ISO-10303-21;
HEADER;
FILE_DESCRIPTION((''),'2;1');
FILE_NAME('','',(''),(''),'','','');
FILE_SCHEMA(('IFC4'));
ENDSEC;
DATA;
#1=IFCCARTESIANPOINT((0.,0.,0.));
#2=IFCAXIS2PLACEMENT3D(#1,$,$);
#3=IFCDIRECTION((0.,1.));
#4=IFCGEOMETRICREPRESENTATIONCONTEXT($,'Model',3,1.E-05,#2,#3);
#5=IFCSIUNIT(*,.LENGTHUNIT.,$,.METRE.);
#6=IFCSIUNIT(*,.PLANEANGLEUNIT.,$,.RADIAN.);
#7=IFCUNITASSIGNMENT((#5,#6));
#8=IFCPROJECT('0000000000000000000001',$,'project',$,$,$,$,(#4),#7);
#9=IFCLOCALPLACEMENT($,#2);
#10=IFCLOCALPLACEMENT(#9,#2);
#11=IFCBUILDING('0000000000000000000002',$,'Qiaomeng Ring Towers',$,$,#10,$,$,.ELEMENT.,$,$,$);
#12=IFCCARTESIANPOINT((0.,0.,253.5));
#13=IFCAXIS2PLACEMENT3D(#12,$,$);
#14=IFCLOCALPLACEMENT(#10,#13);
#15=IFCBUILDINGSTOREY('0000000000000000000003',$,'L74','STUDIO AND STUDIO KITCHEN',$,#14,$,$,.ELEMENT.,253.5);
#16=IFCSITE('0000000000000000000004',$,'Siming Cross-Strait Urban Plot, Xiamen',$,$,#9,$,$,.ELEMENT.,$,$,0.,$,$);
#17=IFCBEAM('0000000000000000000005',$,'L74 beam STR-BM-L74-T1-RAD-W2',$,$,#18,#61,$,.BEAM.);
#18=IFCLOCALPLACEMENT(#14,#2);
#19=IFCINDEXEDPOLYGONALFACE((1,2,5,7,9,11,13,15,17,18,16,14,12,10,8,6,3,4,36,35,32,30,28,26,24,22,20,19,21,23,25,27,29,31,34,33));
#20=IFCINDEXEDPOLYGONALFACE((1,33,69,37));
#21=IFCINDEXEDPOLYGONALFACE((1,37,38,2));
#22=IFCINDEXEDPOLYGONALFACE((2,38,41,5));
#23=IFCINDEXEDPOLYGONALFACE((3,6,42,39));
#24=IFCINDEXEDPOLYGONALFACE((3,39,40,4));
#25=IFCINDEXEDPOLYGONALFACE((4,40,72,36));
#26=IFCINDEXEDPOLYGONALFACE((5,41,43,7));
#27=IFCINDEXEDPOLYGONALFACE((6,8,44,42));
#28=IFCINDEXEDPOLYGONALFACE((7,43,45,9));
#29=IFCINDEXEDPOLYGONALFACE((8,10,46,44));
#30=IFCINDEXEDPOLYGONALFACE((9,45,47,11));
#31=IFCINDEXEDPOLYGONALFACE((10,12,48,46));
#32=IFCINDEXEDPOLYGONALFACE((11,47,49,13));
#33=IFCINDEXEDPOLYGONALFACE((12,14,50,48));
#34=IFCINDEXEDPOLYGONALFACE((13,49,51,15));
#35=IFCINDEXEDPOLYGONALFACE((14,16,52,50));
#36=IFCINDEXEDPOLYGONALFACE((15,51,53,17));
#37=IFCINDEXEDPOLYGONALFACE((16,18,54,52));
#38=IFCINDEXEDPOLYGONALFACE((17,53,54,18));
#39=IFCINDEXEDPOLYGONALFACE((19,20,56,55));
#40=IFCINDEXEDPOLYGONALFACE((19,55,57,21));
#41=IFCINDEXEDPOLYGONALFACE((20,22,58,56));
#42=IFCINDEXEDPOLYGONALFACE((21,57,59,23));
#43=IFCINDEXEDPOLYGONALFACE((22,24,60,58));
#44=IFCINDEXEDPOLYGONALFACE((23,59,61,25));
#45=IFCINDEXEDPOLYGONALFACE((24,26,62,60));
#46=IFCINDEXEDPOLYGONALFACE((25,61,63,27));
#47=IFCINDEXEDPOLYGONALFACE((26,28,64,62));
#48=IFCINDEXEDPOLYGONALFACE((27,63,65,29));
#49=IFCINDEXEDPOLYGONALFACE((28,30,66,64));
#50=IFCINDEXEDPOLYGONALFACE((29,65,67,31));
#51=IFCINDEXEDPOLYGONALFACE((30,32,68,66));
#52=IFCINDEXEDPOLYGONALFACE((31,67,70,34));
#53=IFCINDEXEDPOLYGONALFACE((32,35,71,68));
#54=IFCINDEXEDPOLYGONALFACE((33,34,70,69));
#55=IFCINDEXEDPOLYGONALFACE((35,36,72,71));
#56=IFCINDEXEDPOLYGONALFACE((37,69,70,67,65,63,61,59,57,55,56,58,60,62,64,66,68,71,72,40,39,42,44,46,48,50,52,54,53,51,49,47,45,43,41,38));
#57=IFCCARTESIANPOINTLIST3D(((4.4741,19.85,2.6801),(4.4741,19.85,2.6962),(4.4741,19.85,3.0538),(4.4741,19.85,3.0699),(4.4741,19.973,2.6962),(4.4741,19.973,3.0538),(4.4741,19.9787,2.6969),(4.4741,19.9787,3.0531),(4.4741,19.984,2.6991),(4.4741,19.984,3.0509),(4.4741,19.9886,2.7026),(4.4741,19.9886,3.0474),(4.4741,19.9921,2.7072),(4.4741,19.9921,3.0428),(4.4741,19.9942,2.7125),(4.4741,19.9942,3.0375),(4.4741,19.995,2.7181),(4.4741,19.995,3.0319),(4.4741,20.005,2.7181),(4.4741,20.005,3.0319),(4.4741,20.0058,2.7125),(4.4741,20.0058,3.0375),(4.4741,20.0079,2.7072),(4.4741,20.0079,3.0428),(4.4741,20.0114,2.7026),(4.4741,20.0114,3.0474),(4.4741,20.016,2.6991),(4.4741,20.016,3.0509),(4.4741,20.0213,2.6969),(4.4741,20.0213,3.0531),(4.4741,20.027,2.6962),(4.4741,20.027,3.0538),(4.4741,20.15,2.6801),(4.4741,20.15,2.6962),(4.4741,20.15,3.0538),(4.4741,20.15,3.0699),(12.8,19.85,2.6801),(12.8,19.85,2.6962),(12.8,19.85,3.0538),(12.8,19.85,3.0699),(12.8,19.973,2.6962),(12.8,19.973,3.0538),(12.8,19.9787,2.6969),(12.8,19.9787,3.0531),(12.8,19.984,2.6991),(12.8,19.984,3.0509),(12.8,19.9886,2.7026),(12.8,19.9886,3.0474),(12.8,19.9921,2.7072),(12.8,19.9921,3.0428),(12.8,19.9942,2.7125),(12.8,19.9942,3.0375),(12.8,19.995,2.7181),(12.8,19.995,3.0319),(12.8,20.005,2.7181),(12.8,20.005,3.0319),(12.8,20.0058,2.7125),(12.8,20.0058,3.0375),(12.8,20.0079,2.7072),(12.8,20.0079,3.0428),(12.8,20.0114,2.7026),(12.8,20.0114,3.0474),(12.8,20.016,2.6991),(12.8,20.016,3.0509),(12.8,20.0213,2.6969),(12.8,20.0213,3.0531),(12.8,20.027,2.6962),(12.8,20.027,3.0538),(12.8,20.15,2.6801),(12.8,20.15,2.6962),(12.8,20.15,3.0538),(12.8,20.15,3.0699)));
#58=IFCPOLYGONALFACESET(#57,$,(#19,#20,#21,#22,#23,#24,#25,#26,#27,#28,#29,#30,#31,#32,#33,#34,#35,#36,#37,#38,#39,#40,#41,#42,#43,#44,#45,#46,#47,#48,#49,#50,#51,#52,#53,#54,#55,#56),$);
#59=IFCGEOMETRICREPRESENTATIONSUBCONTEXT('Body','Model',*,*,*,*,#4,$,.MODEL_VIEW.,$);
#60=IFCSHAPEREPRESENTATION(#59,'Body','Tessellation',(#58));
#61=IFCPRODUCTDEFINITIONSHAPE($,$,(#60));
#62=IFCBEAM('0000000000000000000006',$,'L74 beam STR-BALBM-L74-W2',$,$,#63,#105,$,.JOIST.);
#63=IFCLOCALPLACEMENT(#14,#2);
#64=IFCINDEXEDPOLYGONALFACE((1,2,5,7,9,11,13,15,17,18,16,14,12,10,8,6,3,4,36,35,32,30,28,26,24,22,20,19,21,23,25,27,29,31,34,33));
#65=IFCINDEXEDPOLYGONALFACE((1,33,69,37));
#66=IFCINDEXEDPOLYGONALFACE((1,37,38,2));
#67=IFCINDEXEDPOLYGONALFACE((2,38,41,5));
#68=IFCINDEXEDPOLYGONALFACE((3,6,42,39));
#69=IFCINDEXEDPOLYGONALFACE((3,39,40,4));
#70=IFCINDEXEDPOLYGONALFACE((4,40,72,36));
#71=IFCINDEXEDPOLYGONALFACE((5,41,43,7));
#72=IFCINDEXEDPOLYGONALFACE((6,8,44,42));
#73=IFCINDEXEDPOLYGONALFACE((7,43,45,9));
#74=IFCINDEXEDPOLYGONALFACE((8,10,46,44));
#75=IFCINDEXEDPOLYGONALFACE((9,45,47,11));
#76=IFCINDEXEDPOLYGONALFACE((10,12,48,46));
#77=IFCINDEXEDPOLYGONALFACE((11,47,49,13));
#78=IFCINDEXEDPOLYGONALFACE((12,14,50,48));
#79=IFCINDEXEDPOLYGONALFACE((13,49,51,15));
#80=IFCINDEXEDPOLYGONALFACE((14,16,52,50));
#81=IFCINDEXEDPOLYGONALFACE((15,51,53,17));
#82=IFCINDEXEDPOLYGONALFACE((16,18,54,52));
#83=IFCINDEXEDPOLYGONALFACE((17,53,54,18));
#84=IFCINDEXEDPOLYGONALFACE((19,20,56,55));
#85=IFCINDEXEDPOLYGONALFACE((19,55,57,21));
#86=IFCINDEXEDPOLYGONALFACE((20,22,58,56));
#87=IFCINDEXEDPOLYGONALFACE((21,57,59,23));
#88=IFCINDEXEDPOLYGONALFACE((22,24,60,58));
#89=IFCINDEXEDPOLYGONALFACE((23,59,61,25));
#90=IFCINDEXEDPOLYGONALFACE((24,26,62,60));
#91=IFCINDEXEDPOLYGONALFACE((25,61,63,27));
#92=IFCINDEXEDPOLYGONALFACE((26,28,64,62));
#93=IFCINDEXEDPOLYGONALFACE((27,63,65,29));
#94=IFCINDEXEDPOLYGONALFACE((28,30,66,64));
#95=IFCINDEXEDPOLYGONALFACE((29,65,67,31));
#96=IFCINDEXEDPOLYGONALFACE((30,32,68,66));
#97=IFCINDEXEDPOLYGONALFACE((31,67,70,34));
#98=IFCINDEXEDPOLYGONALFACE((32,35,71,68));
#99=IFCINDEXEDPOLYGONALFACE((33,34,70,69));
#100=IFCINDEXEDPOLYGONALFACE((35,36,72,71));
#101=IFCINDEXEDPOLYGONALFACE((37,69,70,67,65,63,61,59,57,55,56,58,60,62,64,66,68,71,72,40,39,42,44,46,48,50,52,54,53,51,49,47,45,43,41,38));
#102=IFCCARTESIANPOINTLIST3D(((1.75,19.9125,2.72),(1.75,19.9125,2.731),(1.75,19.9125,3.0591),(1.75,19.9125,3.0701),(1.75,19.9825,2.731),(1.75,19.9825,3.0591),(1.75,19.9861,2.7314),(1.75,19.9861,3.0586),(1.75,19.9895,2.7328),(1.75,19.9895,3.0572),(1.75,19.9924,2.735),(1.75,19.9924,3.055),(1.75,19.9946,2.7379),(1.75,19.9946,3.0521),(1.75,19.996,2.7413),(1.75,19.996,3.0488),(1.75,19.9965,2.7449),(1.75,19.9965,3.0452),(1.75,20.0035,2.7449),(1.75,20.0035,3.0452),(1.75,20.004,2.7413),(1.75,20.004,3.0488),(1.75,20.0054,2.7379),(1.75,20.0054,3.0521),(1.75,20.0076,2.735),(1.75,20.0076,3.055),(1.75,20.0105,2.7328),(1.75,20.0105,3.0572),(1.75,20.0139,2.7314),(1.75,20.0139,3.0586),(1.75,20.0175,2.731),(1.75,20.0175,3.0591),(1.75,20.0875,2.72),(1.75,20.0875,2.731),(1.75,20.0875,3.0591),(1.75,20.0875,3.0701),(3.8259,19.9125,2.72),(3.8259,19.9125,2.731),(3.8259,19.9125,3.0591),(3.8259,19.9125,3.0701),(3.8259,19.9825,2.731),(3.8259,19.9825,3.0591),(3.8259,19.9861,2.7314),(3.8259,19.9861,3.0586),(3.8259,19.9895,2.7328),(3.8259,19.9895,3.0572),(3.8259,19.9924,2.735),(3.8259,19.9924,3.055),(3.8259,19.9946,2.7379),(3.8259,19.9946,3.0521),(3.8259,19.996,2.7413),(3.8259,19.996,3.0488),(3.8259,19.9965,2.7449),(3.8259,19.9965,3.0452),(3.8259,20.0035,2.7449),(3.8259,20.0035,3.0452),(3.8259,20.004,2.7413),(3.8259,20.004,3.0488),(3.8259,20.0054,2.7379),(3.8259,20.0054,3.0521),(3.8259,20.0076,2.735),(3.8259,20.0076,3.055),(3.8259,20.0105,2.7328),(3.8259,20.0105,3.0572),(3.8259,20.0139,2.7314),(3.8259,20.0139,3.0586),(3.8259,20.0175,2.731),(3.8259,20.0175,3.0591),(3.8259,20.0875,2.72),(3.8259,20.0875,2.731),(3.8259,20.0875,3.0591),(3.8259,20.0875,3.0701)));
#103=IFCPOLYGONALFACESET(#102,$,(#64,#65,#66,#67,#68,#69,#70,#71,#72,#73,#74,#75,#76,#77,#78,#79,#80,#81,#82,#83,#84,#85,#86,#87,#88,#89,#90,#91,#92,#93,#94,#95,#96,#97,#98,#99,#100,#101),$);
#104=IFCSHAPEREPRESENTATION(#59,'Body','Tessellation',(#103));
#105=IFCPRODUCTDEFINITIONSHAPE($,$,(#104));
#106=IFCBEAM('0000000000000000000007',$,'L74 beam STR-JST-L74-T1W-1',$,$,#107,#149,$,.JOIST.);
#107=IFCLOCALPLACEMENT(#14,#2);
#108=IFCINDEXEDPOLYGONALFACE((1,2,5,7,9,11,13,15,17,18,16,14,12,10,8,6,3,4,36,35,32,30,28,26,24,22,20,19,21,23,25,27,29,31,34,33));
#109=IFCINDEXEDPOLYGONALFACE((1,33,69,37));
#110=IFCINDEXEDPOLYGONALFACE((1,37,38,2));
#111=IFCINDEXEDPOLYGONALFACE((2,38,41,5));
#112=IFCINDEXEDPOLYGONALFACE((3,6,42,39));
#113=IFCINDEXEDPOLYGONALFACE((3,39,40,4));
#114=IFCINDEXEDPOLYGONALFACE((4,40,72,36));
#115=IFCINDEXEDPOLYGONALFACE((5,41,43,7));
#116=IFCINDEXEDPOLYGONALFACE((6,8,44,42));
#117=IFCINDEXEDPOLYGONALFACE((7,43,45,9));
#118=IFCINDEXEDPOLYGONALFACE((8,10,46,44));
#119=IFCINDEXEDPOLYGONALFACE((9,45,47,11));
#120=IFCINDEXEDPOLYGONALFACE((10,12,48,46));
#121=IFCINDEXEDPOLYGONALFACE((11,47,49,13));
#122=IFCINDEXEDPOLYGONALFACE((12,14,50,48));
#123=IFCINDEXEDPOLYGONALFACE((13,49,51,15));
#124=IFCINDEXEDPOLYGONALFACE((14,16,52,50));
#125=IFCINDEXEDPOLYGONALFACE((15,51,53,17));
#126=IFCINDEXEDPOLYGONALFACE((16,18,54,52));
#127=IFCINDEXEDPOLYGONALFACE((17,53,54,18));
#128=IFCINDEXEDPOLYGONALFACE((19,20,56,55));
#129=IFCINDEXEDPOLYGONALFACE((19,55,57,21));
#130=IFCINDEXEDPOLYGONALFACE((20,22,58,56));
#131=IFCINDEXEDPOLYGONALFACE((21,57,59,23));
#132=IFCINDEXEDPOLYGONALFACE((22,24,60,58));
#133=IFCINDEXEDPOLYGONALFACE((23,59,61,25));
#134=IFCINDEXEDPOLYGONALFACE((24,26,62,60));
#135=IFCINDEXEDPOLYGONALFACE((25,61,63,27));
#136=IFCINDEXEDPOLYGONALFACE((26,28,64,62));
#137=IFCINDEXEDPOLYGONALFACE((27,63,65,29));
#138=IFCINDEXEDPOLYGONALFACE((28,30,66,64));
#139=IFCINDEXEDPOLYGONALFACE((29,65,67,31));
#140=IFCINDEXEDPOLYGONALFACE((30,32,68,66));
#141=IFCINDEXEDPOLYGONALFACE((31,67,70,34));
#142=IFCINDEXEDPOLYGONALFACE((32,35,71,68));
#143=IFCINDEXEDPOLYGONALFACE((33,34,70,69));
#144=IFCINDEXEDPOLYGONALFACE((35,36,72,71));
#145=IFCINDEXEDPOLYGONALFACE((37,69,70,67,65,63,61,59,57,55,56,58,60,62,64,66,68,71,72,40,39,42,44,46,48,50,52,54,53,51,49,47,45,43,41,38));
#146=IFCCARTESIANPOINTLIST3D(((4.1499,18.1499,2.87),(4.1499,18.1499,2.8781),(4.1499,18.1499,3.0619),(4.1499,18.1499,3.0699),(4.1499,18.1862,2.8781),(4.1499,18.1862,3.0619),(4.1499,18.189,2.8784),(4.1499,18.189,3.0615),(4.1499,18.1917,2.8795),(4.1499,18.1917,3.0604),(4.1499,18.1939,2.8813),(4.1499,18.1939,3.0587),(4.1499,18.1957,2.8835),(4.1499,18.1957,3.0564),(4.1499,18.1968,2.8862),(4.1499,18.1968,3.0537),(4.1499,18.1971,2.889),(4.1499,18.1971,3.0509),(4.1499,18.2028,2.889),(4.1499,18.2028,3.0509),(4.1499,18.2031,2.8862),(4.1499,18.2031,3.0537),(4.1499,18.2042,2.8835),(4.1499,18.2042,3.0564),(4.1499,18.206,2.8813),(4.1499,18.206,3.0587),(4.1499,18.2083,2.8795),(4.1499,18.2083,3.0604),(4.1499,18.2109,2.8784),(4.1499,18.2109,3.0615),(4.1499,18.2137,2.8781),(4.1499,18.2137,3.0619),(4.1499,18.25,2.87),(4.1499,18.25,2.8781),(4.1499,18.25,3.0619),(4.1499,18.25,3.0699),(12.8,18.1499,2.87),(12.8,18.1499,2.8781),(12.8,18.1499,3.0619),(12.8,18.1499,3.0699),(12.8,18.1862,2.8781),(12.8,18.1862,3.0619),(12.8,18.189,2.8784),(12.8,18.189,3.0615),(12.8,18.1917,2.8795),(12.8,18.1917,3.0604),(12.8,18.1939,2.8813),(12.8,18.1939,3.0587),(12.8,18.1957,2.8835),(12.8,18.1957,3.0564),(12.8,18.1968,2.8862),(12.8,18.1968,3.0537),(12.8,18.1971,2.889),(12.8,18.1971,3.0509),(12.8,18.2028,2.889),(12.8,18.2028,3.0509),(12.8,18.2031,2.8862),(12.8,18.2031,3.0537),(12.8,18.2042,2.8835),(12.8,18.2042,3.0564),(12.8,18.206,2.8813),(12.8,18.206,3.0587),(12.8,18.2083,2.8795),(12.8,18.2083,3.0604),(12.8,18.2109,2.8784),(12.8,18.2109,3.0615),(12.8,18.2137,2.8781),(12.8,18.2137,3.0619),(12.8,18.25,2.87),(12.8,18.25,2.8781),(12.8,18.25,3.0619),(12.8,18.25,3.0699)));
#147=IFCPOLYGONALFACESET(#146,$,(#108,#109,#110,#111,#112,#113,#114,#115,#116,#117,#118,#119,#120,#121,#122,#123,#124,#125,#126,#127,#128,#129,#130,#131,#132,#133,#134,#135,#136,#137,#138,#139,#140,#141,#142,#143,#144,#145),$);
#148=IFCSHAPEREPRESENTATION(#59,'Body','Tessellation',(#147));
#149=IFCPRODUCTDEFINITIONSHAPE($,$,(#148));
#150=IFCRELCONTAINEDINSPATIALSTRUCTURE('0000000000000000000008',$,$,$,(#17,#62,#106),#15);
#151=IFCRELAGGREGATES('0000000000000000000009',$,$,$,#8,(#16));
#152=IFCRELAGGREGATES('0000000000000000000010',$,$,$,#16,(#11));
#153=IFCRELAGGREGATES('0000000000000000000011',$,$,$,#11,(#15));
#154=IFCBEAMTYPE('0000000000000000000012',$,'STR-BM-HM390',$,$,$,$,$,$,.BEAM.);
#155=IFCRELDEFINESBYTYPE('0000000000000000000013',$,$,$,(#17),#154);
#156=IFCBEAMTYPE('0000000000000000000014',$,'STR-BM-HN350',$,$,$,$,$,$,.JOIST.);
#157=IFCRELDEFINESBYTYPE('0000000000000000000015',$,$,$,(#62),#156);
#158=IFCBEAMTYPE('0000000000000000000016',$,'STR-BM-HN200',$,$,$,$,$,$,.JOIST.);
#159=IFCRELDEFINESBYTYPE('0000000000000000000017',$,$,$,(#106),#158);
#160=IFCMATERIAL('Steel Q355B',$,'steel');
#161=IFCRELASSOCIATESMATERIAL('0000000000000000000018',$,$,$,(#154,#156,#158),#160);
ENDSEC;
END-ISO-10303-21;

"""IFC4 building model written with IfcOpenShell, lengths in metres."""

from ifc_helpers import new_model, si_unit, direction, frame, origin, origin_2d, place, context, subcontext, project, spatial, i_section, extrude, source, transform, mapped, material, material_profile, profile_set, type_object, element, save


model = new_model("IFC4")

# Units and contexts
model_context = context("Model", 3, precision=1e-05, world=origin(), true_north=direction((0.0, 1.0)))
body_context = subcontext(model_context, "Body", "Model", "MODEL_VIEW")
ifc_project = project(units=[si_unit("LENGTHUNIT", "METRE"), si_unit("PLANEANGLEUNIT", "RADIAN")], contexts=[model_context])

# Site, building, storey
site_placement = place(None, origin())
site = spatial("IfcSite", under=ifc_project, at=site_placement, Name="Siming Cross-Strait Urban Plot, Xiamen", CompositionType="ELEMENT", RefElevation=0.0)
building_placement = place(site_placement, origin())
building = spatial("IfcBuilding", under=site, at=building_placement, Name="Qiaomeng Ring Towers", CompositionType="ELEMENT")
storey_placement = place(building_placement, frame((0.0, 0.0, 253.5)))
storey = spatial("IfcBuildingStorey", under=building, at=storey_placement, Name="L74", Description="STUDIO AND STUDIO KITCHEN", CompositionType="ELEMENT", Elevation=253.5)

# Beams
ifc_material_1 = material(Name="Steel Q355B", Category="steel")
ifc_material_profile_1 = material_profile(ifc_material_1, i_section(OverallWidth=0.3, OverallDepth=0.3899, WebThickness=0.01, FlangeThickness=0.0161, FilletRadius=0.022, at=origin_2d()), Name="HM 390x300x10x16")
ifc_profile_set_1 = profile_set([ifc_material_profile_1], Name="Steel Q355B")
beam_type_1 = type_object("IfcBeamType", Name="STR-BM-HM390", PredefinedType="BEAM", material=ifc_profile_set_1)
shared_shape_1 = source(origin(), body_context, "Body", "SweptSolid", [
    extrude(i_section(OverallWidth=0.3, OverallDepth=0.3899, WebThickness=0.01, FlangeThickness=0.0161, FilletRadius=0.022, at=origin_2d()), origin(), (0.0, 0.0, 1.0), 8.3259),
])
beam_1_placement = place(storey_placement, frame((4.4741, 20.0, 2.875), z_axis=(1.0, 0.0, 0.0), x_axis=(0.0, 1.0, 0.0)))
element("IfcBeam", 1, at=beam_1_placement, inside=storey, type_object=beam_type_1, Name="L74 beam STR-BM-L74-T1-RAD-W2", PredefinedType="BEAM", context=body_context, shape_type="MappedRepresentation", body=[
    mapped(shared_shape_1, transform((0.0, 0.0, 0.0), x_axis=(1.0, 0.0, 0.0), y_axis=(0.0, 1.0, 0.0), z_axis=(0.0, 0.0, 1.0), scale=1.0)),
])
ifc_material_profile_2 = material_profile(ifc_material_1, i_section(OverallWidth=0.175, OverallDepth=0.3501, WebThickness=0.0071, FlangeThickness=0.011, FilletRadius=0.0139, at=origin_2d()), Name="HN 350x175x7x11")
ifc_profile_set_2 = profile_set([ifc_material_profile_2], Name="Steel Q355B")
beam_type_2 = type_object("IfcBeamType", Name="STR-BM-HN350", PredefinedType="JOIST", material=ifc_profile_set_2)
shared_shape_2 = source(origin(), body_context, "Body", "SweptSolid", [
    extrude(i_section(OverallWidth=0.175, OverallDepth=0.3501, WebThickness=0.0071, FlangeThickness=0.011, FilletRadius=0.0139, at=origin_2d()), origin(), (0.0, 0.0, 1.0), 2.0759),
])
beam_2_placement = place(storey_placement, frame((1.75, 20.0, 2.895), z_axis=(1.0, 0.0, 0.0), x_axis=(0.0, 1.0, 0.0)))
element("IfcBeam", 2, at=beam_2_placement, inside=storey, type_object=beam_type_2, Name="L74 beam STR-BALBM-L74-W2", PredefinedType="JOIST", context=body_context, shape_type="MappedRepresentation", body=[
    mapped(shared_shape_2, transform((0.0, 0.0, 0.0), x_axis=(1.0, 0.0, 0.0), y_axis=(0.0, 1.0, 0.0), z_axis=(0.0, 0.0, 1.0), scale=1.0)),
])
ifc_material_profile_3 = material_profile(ifc_material_1, i_section(OverallWidth=0.1001, OverallDepth=0.2, WebThickness=0.0056, FlangeThickness=0.0081, FilletRadius=0.011, at=origin_2d()), Name="HN 200x100x5.5x8")
ifc_profile_set_3 = profile_set([ifc_material_profile_3], Name="Steel Q355B")
beam_type_3 = type_object("IfcBeamType", Name="STR-BM-HN200", PredefinedType="JOIST", material=ifc_profile_set_3)
shared_shape_3 = source(origin(), body_context, "Body", "SweptSolid", [
    extrude(i_section(OverallWidth=0.1001, OverallDepth=0.2, WebThickness=0.0056, FlangeThickness=0.0081, FilletRadius=0.011, at=origin_2d()), origin(), (0.0, 0.0, 1.0), 8.6501),
])
beam_3_placement = place(storey_placement, frame((4.1499, 18.2, 2.97), z_axis=(1.0, 0.0, 0.0), x_axis=(0.0, 1.0, 0.0)))
element("IfcBeam", 3, at=beam_3_placement, inside=storey, type_object=beam_type_3, Name="L74 beam STR-JST-L74-T1W-1", PredefinedType="JOIST", context=body_context, shape_type="MappedRepresentation", body=[
    mapped(shared_shape_3, transform((0.0, 0.0, 0.0), x_axis=(1.0, 0.0, 0.0), y_axis=(0.0, 1.0, 0.0), z_axis=(0.0, 0.0, 1.0), scale=1.0)),
])

save(model, "model.ifc")
